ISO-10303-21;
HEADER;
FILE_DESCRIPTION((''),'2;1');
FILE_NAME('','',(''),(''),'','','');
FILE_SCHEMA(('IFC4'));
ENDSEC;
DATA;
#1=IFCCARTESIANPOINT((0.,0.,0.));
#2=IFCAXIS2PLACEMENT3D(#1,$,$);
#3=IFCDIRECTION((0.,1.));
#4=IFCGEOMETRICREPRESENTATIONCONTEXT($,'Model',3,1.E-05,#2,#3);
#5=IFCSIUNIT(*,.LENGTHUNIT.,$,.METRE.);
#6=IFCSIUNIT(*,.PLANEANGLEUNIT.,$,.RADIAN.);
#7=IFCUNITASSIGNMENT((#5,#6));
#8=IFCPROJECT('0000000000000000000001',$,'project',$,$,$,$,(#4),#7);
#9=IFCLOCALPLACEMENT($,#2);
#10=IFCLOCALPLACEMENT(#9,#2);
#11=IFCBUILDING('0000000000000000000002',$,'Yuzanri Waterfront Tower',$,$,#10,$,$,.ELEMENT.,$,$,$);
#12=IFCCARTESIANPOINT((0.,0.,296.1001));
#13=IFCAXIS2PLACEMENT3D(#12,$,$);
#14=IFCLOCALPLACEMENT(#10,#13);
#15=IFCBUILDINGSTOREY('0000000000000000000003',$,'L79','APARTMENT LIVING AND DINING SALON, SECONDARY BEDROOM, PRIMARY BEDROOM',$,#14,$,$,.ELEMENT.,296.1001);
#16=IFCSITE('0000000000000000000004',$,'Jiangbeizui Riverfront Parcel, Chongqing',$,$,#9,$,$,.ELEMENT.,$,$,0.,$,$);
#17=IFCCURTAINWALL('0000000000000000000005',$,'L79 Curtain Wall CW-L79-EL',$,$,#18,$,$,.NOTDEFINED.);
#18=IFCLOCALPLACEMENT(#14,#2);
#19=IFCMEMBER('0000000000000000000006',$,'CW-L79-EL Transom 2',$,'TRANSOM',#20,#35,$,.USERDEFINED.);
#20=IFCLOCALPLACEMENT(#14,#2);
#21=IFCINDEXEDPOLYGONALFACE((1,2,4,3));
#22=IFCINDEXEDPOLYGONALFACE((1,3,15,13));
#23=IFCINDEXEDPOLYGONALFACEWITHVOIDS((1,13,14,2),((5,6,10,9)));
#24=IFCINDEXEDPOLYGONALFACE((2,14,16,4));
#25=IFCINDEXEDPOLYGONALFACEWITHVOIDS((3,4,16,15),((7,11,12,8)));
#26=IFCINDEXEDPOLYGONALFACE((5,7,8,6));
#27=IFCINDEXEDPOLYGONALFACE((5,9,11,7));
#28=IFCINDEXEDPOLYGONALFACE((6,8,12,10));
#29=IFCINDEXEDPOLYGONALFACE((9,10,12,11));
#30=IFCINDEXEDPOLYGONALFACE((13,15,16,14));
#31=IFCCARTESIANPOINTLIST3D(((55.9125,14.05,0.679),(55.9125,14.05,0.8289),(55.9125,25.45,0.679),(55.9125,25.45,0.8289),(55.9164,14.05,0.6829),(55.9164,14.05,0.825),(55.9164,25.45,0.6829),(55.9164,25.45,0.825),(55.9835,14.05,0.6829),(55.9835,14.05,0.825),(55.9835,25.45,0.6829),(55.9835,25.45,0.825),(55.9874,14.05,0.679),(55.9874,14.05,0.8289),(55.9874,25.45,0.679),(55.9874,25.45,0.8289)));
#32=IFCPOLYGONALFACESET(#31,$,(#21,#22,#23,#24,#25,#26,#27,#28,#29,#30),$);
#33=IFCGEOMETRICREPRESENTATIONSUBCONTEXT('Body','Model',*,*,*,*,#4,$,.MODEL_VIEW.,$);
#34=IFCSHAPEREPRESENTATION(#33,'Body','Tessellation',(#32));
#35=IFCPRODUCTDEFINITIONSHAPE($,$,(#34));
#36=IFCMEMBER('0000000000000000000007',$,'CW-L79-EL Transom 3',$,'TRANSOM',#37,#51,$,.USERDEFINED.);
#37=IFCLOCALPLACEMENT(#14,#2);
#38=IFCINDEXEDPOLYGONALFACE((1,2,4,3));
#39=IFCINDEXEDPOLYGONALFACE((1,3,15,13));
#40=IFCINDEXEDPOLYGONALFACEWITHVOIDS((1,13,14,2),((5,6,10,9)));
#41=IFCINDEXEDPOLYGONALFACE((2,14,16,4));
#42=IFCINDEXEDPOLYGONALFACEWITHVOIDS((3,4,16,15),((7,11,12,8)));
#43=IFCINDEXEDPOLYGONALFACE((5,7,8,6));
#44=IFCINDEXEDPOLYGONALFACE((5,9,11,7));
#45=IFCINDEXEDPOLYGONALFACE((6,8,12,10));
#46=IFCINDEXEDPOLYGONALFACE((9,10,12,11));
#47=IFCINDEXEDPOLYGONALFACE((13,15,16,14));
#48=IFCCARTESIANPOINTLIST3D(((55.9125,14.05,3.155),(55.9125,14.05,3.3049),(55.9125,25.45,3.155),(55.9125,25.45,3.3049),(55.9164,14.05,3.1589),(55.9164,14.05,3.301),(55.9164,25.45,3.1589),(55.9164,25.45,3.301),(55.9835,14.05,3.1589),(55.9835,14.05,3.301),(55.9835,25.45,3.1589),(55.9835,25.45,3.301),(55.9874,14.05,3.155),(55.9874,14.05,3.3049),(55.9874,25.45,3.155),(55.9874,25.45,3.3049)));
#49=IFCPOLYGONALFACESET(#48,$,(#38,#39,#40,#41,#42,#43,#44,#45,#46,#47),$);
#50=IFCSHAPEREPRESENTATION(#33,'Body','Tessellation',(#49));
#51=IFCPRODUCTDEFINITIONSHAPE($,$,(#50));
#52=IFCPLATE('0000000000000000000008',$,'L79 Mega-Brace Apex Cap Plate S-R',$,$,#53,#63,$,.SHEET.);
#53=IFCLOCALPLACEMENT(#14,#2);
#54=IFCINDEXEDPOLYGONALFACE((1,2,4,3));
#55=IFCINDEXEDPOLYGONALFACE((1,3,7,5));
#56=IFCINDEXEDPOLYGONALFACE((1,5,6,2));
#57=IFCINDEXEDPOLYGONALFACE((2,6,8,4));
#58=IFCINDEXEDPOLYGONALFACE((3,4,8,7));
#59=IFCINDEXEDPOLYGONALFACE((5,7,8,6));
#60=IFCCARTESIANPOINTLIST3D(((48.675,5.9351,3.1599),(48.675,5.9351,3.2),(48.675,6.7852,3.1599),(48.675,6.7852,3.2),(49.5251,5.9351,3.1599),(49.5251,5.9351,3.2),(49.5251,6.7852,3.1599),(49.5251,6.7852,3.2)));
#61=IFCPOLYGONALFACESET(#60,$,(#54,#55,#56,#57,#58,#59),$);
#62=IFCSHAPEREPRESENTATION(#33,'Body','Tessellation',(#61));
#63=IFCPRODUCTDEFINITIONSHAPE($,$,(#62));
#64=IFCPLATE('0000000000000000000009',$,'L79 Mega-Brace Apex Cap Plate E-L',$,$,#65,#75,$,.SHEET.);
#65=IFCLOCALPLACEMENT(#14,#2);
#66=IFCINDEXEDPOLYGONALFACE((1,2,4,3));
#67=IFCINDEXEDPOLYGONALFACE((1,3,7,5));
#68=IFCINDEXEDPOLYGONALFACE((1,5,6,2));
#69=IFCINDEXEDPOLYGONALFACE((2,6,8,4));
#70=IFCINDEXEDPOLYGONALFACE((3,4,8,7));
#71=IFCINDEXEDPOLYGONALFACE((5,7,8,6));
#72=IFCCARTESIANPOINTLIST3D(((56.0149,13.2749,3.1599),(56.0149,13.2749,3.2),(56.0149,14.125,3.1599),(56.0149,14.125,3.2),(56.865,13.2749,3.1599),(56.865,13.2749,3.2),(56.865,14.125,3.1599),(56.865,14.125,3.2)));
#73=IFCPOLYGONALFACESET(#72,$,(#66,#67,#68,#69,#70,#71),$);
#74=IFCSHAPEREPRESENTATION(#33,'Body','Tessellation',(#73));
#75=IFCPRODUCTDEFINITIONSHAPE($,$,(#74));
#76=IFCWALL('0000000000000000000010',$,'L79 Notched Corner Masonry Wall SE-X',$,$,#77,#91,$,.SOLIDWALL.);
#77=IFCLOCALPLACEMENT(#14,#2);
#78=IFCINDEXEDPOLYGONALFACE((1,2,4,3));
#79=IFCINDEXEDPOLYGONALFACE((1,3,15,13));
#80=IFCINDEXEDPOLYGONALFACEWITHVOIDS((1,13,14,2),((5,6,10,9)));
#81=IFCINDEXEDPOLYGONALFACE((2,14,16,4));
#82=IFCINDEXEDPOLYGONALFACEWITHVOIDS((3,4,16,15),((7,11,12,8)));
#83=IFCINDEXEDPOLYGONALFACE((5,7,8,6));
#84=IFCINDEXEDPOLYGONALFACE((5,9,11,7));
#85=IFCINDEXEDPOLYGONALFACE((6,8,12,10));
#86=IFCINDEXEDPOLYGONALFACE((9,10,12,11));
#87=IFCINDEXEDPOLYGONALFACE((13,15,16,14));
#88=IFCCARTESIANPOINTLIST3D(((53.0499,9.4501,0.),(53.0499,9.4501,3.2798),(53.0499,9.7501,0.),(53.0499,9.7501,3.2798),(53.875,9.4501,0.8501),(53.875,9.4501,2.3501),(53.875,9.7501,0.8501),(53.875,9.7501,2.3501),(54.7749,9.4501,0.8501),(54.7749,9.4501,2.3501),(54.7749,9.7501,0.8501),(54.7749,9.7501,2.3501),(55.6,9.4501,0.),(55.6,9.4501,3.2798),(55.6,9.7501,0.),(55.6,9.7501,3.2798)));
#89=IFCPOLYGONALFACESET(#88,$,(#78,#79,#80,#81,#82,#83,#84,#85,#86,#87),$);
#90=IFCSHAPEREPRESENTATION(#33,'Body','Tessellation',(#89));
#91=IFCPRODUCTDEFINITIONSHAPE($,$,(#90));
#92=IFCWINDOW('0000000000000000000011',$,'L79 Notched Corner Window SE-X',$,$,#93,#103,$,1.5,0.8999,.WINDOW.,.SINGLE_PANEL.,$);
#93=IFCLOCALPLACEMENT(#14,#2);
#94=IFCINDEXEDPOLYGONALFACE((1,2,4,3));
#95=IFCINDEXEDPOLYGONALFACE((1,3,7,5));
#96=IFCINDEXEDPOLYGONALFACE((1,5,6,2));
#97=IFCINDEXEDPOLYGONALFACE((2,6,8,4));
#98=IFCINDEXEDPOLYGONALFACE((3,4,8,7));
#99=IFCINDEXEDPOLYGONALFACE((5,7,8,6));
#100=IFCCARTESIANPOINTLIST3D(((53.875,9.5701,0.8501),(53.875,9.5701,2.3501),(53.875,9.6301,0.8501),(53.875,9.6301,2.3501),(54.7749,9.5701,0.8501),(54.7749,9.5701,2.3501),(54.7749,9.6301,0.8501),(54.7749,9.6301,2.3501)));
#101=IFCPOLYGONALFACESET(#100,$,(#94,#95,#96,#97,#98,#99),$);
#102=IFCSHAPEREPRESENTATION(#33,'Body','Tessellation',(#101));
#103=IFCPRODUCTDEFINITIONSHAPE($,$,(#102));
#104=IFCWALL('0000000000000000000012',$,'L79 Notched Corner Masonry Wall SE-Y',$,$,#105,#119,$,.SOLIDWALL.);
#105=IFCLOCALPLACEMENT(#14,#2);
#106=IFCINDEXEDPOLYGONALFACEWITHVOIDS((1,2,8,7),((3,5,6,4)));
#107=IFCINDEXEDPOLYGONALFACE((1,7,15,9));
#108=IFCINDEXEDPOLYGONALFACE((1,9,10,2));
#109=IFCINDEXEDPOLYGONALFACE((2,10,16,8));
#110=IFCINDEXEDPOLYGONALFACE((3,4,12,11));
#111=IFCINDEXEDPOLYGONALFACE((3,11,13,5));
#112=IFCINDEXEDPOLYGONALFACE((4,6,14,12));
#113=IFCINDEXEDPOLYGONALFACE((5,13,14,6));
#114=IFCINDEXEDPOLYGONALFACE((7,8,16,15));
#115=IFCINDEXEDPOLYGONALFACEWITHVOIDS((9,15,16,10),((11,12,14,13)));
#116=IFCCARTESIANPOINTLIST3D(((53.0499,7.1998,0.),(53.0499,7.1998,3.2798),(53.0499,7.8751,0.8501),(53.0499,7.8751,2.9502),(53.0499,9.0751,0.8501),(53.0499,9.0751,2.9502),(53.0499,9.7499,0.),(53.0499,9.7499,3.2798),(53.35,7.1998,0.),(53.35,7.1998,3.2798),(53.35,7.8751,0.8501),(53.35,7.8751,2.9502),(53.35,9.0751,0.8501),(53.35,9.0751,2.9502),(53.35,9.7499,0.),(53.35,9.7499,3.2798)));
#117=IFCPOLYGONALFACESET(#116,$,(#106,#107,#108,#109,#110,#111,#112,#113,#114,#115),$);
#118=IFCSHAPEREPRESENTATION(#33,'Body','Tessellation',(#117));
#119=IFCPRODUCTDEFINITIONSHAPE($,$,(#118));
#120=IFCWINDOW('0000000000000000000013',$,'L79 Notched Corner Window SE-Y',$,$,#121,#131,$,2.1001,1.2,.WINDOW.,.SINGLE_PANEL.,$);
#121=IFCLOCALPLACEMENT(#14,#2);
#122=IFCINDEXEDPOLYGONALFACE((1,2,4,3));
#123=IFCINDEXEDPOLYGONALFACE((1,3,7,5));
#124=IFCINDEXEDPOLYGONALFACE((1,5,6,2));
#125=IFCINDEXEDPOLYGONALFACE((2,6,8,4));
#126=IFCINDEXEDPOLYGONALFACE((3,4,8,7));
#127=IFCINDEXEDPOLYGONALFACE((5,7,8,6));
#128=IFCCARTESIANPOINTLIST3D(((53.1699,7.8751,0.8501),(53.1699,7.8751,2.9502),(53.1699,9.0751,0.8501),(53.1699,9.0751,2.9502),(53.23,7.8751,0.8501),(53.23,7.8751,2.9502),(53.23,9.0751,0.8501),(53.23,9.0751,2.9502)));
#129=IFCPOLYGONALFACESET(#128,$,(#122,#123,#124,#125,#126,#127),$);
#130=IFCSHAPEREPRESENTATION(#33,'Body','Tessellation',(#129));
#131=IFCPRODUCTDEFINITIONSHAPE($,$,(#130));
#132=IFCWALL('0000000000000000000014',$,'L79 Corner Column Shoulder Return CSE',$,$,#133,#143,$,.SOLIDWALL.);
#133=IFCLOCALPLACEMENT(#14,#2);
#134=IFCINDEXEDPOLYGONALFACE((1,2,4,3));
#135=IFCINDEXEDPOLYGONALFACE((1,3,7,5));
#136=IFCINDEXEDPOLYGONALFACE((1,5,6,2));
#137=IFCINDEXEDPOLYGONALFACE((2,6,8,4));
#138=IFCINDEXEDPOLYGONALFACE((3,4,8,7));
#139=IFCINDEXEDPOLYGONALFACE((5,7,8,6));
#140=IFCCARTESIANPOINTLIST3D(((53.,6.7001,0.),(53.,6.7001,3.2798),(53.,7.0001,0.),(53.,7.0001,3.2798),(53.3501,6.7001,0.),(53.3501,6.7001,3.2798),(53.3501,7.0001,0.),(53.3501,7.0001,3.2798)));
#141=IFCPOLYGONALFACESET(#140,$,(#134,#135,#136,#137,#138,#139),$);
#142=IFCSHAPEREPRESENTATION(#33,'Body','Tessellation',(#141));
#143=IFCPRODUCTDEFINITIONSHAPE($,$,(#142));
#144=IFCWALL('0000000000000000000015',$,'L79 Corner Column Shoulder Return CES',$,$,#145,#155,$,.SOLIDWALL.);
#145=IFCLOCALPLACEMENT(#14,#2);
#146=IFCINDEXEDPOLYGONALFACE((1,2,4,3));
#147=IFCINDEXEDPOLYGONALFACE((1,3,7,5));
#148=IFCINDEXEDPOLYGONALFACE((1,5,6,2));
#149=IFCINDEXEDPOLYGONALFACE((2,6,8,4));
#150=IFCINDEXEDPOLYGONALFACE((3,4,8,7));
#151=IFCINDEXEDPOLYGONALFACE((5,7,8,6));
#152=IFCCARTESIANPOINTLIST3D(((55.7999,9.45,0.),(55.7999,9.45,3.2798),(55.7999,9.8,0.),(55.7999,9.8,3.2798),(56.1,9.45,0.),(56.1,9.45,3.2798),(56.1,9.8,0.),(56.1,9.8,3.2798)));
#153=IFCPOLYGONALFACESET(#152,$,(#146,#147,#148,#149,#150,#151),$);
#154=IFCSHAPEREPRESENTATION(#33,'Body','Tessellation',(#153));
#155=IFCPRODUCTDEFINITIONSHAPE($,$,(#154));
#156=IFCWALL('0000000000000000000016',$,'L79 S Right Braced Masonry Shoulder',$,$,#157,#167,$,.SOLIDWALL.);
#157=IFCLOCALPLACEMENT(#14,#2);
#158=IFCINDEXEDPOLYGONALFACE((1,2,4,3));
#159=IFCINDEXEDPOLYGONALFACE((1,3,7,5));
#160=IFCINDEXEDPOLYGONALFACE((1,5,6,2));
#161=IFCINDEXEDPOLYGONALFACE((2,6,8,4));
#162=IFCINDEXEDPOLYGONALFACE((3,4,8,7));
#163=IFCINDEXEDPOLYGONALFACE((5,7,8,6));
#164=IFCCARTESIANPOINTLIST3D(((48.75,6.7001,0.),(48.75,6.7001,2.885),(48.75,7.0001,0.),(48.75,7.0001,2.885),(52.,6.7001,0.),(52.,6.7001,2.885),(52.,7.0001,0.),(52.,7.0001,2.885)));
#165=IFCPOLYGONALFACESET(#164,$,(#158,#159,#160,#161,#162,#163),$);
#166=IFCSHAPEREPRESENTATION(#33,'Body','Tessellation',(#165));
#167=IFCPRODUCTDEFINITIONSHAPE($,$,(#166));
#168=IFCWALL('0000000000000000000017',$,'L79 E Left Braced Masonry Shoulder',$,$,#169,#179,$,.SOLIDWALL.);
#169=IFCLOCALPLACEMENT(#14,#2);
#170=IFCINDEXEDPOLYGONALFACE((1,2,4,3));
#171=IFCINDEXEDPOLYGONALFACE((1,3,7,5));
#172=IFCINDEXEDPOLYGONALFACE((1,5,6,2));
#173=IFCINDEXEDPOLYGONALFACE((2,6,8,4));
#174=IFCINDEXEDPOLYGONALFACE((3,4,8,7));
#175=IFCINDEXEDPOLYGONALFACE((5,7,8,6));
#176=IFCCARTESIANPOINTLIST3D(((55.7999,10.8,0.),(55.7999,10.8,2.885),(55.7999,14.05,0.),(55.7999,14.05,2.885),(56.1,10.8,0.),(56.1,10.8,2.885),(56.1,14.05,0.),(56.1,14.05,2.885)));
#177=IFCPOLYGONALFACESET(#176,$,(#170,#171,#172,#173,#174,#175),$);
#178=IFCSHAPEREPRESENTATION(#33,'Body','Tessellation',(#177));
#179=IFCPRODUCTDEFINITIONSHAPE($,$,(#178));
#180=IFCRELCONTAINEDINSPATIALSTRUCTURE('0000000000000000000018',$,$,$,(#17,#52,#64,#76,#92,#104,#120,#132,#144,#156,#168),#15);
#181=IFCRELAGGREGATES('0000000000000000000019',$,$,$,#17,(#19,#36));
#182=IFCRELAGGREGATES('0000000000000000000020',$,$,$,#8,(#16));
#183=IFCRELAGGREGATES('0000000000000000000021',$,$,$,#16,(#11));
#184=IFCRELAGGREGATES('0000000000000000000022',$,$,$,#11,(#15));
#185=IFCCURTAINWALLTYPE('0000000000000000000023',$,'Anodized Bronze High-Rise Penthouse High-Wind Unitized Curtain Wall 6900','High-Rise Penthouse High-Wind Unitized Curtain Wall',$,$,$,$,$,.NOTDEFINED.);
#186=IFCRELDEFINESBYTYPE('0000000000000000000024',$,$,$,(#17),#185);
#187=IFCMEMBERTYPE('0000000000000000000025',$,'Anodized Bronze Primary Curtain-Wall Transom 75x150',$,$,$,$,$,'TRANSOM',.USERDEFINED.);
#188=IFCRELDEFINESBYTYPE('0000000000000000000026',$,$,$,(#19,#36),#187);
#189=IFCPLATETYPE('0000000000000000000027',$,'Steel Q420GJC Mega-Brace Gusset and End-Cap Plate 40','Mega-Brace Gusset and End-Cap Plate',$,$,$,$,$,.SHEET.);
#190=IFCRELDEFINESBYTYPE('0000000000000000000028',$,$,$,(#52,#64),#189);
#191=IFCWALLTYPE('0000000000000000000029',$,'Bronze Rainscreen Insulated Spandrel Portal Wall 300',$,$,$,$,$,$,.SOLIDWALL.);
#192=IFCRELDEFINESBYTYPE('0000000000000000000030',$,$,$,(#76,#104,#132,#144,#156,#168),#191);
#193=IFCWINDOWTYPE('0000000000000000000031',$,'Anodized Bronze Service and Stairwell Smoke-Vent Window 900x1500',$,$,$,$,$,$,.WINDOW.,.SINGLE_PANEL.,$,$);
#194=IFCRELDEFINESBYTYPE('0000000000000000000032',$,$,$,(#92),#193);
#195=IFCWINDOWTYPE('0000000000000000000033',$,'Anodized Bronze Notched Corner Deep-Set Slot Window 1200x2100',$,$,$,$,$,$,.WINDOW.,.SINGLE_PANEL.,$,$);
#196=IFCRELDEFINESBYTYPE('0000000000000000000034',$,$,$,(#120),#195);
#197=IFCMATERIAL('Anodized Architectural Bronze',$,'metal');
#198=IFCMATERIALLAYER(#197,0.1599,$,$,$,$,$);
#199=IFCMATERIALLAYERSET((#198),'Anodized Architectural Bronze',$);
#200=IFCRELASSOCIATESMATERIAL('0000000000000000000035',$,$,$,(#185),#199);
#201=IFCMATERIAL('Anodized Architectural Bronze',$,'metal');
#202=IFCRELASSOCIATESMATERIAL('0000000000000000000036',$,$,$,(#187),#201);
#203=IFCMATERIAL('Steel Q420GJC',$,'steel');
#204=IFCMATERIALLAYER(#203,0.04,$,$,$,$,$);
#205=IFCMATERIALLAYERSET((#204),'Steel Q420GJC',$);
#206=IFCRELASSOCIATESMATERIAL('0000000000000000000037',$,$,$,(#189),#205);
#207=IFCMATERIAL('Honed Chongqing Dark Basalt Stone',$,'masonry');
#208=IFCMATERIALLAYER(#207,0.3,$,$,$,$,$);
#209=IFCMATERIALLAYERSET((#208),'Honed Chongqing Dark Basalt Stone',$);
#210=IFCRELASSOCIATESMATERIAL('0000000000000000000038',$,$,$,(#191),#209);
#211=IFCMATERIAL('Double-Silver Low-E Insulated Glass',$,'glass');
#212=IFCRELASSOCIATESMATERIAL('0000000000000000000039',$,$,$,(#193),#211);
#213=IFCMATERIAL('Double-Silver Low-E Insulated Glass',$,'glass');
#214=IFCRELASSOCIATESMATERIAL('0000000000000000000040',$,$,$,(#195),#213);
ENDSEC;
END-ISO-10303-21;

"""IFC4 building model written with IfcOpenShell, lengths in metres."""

from ifc_helpers import new_model, si_unit, direction, frame, frame_2d, origin, origin_2d, place, context, subcontext, project, spatial, rectangle, hollow_rectangle, extrude, source, transform, mapped, material, layer, layer_set, material_profile, profile_set, type_object, element, fill, aggregate, save


model = new_model("IFC4")

# Units and contexts
model_context = context("Model", 3, precision=1e-05, world=origin(), true_north=direction((0.0, 1.0)))
body_context = subcontext(model_context, "Body", "Model", "MODEL_VIEW")
ifc_project = project(units=[si_unit("LENGTHUNIT", "METRE"), si_unit("PLANEANGLEUNIT", "RADIAN")], contexts=[model_context])

# Site, building, storey
site_placement = place(None, origin())
site = spatial("IfcSite", under=ifc_project, at=site_placement, Name="Jiangbeizui Riverfront Parcel, Chongqing", CompositionType="ELEMENT", RefElevation=0.0)
building_placement = place(site_placement, origin())
building = spatial("IfcBuilding", under=site, at=building_placement, Name="Yuzanri Waterfront Tower", CompositionType="ELEMENT")
storey_placement = place(building_placement, frame((0.0, 0.0, 296.1001)))
storey = spatial("IfcBuildingStorey", under=building, at=storey_placement, Name="L79", Description="APARTMENT LIVING AND DINING SALON, SECONDARY BEDROOM, PRIMARY BEDROOM", CompositionType="ELEMENT", Elevation=296.1001)

# Curtain wall
ifc_material_1 = material(Name="Anodized Architectural Bronze", Category="metal")
ifc_layer_1 = layer(ifc_material_1, 0.1599)
ifc_layer_set_1 = layer_set([ifc_layer_1], Name="Anodized Architectural Bronze")
curtain_wall_type = type_object("IfcCurtainWallType", Name="Anodized Bronze High-Rise Penthouse High-Wind Unitized Curtain Wall 6900", Description="High-Rise Penthouse High-Wind Unitized Curtain Wall", PredefinedType="NOTDEFINED", material=ifc_layer_set_1)
curtain_wall_1_placement = place(storey_placement, origin())
curtain_wall_1 = element("IfcCurtainWall", 1, at=curtain_wall_1_placement, inside=storey, type_object=curtain_wall_type, Name="L79 Curtain Wall CW-L79-EL", PredefinedType="NOTDEFINED")

# Members
ifc_material_2 = material(Name="Anodized Architectural Bronze", Category="metal")
ifc_material_profile_1 = material_profile(ifc_material_2, hollow_rectangle(XDim=0.075, YDim=0.1499, WallThickness=0.0039, at=origin_2d()), Name="CWT 75x150")
ifc_profile_set_1 = profile_set([ifc_material_profile_1], Name="Anodized Architectural Bronze")
member_type_1 = type_object("IfcMemberType", Name="Anodized Bronze Primary Curtain-Wall Transom 75x150", ElementType="TRANSOM", PredefinedType="USERDEFINED", material=ifc_profile_set_1)
shared_shape_1 = source(origin(), body_context, "Body", "SweptSolid", [
    extrude(hollow_rectangle(XDim=0.075, YDim=0.1499, WallThickness=0.0039, at=origin_2d()), origin(), (0.0, 0.0, 1.0), 11.3999),
])
member_1_placement = place(storey_placement, frame((55.95, 14.05, 0.7539), z_axis=(0.0, 1.0, 0.0), x_axis=(-1.0, 0.0, 0.0)))
member_1 = element("IfcMember", 2, at=member_1_placement, type_object=member_type_1, Name="CW-L79-EL Transom 2", ObjectType="TRANSOM", PredefinedType="USERDEFINED", context=body_context, shape_type="MappedRepresentation", body=[
    mapped(shared_shape_1, transform((0.0, 0.0, 0.0), scale=1.0)),
])
member_2_placement = place(storey_placement, frame((55.95, 14.05, 3.23), z_axis=(0.0, 1.0, 0.0), x_axis=(-1.0, 0.0, 0.0)))
member_2 = element("IfcMember", 3, at=member_2_placement, type_object=member_type_1, Name="CW-L79-EL Transom 3", ObjectType="TRANSOM", PredefinedType="USERDEFINED", context=body_context, shape_type="MappedRepresentation", body=[
    mapped(shared_shape_1, transform((0.0, 0.0, 0.0), scale=1.0)),
])
aggregate(curtain_wall_1, [member_1, member_2])

# Plates
ifc_material_3 = material(Name="Steel Q420GJC", Category="steel")
ifc_layer_2 = layer(ifc_material_3, 0.04)
ifc_layer_set_2 = layer_set([ifc_layer_2], Name="Steel Q420GJC")
plate_type = type_object("IfcPlateType", Name="Steel Q420GJC Mega-Brace Gusset and End-Cap Plate 40", Description="Mega-Brace Gusset and End-Cap Plate", PredefinedType="SHEET", material=ifc_layer_set_2)
shared_shape_2 = source(origin(), body_context, "Body", "SweptSolid", [
    extrude(rectangle(XDim=0.8501, YDim=0.8501, at=origin_2d()), origin(), (0.0, 0.0, 1.0), 0.04),
])
for number, where, z_axis, x_axis, name in (
    (4, (49.1001, 6.3601, 3.1599), (0.0, 0.0, 1.0), (1.0, 0.0, 0.0), "L79 Mega-Brace Apex Cap Plate S-R"),
    (5, (56.4399, 13.7, 3.1599), (0.0, 0.0, 1.0), (1.0, 0.0, 0.0), "L79 Mega-Brace Apex Cap Plate E-L"),
):
    element("IfcPlate", number, at=place(storey_placement, frame(where, z_axis=z_axis, x_axis=x_axis)), inside=storey, type_object=plate_type, Name=name, PredefinedType="SHEET", context=body_context, shape_type="MappedRepresentation", body=[
        mapped(shared_shape_2, transform((0.0, 0.0, 0.0), scale=1.0)),
    ])

# Walls, openings, windows
ifc_material_4 = material(Name="Honed Chongqing Dark Basalt Stone", Category="masonry")
ifc_layer_3 = layer(ifc_material_4, 0.3)
ifc_layer_set_3 = layer_set([ifc_layer_3], Name="Honed Chongqing Dark Basalt Stone")
wall_type_1 = type_object("IfcWallType", Name="Bronze Rainscreen Insulated Spandrel Portal Wall 300", PredefinedType="SOLIDWALL", material=ifc_layer_set_3)
wall_1_placement = place(storey_placement, frame((53.05, 9.6001, 0.0), z_axis=(0.0, 0.0, 1.0), x_axis=(1.0, 0.0, 0.0)))
wall_1 = element("IfcWall", 6, at=wall_1_placement, inside=storey, type_object=wall_type_1, Name="L79 Notched Corner Masonry Wall SE-X", PredefinedType="SOLIDWALL", context=body_context, shape_type="SweptSolid", body=[
    extrude(rectangle(XDim=2.55, YDim=0.3, at=frame_2d((1.2749, 0.0))), origin(), (0.0, 0.0, 1.0), 3.2798),
])
opening_1_placement = place(wall_1_placement, frame((0.825, 0.0, 0.8501)))
opening_1 = element("IfcOpeningElement", 7, at=opening_1_placement, cuts=wall_1, PredefinedType="OPENING", context=body_context, shape_type="SweptSolid", body=[
    extrude(rectangle(XDim=0.8999, YDim=1.5, at=frame_2d((0.45, 0.75))), frame((0.0, 0.165, 0.0), z_axis=(0.0, -1.0, 0.0), x_axis=(1.0, 0.0, 0.0)), (0.0, 0.0, 1.0), 0.3298),
])
ifc_material_5 = material(Name="Double-Silver Low-E Insulated Glass", Category="glass")
window_type_1 = type_object("IfcWindowType", Name="Anodized Bronze Service and Stairwell Smoke-Vent Window 900x1500", PartitioningType="SINGLE_PANEL", PredefinedType="WINDOW", material=ifc_material_5)
shared_shape_3 = source(origin(), body_context, "Body", "SweptSolid", [
    extrude(rectangle(XDim=0.8999, YDim=1.5, at=frame_2d((0.45, 0.75))), frame((0.0, 0.03, 0.0), z_axis=(0.0, -1.0, 0.0), x_axis=(1.0, 0.0, 0.0)), (0.0, 0.0, 1.0), 0.0601),
])
window_1_placement = place(opening_1_placement, origin())
window_1 = element("IfcWindow", 8, at=window_1_placement, inside=storey, type_object=window_type_1, Name="L79 Notched Corner Window SE-X", OverallHeight=1.5, OverallWidth=0.8999, PartitioningType="SINGLE_PANEL", PredefinedType="WINDOW", context=body_context, shape_type="MappedRepresentation", body=[
    mapped(shared_shape_3, transform((0.0, 0.0, 0.0), scale=1.0)),
])
fill(opening_1, window_1)
wall_2_placement = place(storey_placement, frame((53.2, 7.2, 0.0), z_axis=(0.0, 0.0, 1.0), x_axis=(0.0, 1.0, 0.0)))
wall_2 = element("IfcWall", 9, at=wall_2_placement, inside=storey, type_object=wall_type_1, Name="L79 Notched Corner Masonry Wall SE-Y", PredefinedType="SOLIDWALL", context=body_context, shape_type="SweptSolid", body=[
    extrude(rectangle(XDim=2.55, YDim=0.3, at=frame_2d((1.2749, 0.0))), origin(), (0.0, 0.0, 1.0), 3.2798),
])
opening_2_placement = place(wall_2_placement, frame((0.675, 0.0, 0.8501)))
opening_2 = element("IfcOpeningElement", 10, at=opening_2_placement, cuts=wall_2, PredefinedType="OPENING", context=body_context, shape_type="SweptSolid", body=[
    extrude(rectangle(XDim=1.2, YDim=2.1001, at=frame_2d((0.6001, 1.05))), frame((0.0, 0.165, 0.0), z_axis=(0.0, -1.0, 0.0), x_axis=(1.0, 0.0, 0.0)), (0.0, 0.0, 1.0), 0.3298),
])
ifc_material_6 = material(Name="Double-Silver Low-E Insulated Glass", Category="glass")
window_type_2 = type_object("IfcWindowType", Name="Anodized Bronze Notched Corner Deep-Set Slot Window 1200x2100", PartitioningType="SINGLE_PANEL", PredefinedType="WINDOW", material=ifc_material_6)
shared_shape_4 = source(origin(), body_context, "Body", "SweptSolid", [
    extrude(rectangle(XDim=1.2, YDim=2.1001, at=frame_2d((0.6001, 1.05))), frame((0.0, 0.03, 0.0), z_axis=(0.0, -1.0, 0.0), x_axis=(1.0, 0.0, 0.0)), (0.0, 0.0, 1.0), 0.0601),
])
window_2_placement = place(opening_2_placement, origin())
window_2 = element("IfcWindow", 11, at=window_2_placement, inside=storey, type_object=window_type_2, Name="L79 Notched Corner Window SE-Y", OverallHeight=2.1001, OverallWidth=1.2, PartitioningType="SINGLE_PANEL", PredefinedType="WINDOW", context=body_context, shape_type="MappedRepresentation", body=[
    mapped(shared_shape_4, transform((0.0, 0.0, 0.0), scale=1.0)),
])
fill(opening_2, window_2)

# Walls
shared_shape_5 = source(origin(), body_context, "Body", "SweptSolid", [
    extrude(rectangle(XDim=0.3501, YDim=0.3, at=frame_2d((0.175, 0.0))), origin(), (0.0, 0.0, 1.0), 3.2798),
])
for number, where, z_axis, x_axis, name in (
    (12, (53.0, 6.8501, 0.0), (0.0, 0.0, 1.0), (1.0, 0.0, 0.0), "L79 Corner Column Shoulder Return CSE"),
    (13, (55.95, 9.45, 0.0), (0.0, 0.0, 1.0), (0.0, 1.0, 0.0), "L79 Corner Column Shoulder Return CES"),
):
    element("IfcWall", number, at=place(storey_placement, frame(where, z_axis=z_axis, x_axis=x_axis)), inside=storey, type_object=wall_type_1, Name=name, PredefinedType="SOLIDWALL", context=body_context, shape_type="MappedRepresentation", body=[
        mapped(shared_shape_5, transform((0.0, 0.0, 0.0), scale=1.0)),
    ])
shared_shape_6 = source(origin(), body_context, "Body", "SweptSolid", [
    extrude(rectangle(XDim=3.25, YDim=0.3, at=frame_2d((1.625, 0.0))), origin(), (0.0, 0.0, 1.0), 2.885),
])
for number, where, z_axis, x_axis, name in (
    (14, (48.75, 6.8501, 0.0), (0.0, 0.0, 1.0), (1.0, 0.0, 0.0), "L79 S Right Braced Masonry Shoulder"),
    (15, (55.95, 10.8, 0.0), (0.0, 0.0, 1.0), (0.0, 1.0, 0.0), "L79 E Left Braced Masonry Shoulder"),
):
    element("IfcWall", number, at=place(storey_placement, frame(where, z_axis=z_axis, x_axis=x_axis)), inside=storey, type_object=wall_type_1, Name=name, PredefinedType="SOLIDWALL", context=body_context, shape_type="MappedRepresentation", body=[
        mapped(shared_shape_6, transform((0.0, 0.0, 0.0), scale=1.0)),
    ])

save(model, "model.ifc")
